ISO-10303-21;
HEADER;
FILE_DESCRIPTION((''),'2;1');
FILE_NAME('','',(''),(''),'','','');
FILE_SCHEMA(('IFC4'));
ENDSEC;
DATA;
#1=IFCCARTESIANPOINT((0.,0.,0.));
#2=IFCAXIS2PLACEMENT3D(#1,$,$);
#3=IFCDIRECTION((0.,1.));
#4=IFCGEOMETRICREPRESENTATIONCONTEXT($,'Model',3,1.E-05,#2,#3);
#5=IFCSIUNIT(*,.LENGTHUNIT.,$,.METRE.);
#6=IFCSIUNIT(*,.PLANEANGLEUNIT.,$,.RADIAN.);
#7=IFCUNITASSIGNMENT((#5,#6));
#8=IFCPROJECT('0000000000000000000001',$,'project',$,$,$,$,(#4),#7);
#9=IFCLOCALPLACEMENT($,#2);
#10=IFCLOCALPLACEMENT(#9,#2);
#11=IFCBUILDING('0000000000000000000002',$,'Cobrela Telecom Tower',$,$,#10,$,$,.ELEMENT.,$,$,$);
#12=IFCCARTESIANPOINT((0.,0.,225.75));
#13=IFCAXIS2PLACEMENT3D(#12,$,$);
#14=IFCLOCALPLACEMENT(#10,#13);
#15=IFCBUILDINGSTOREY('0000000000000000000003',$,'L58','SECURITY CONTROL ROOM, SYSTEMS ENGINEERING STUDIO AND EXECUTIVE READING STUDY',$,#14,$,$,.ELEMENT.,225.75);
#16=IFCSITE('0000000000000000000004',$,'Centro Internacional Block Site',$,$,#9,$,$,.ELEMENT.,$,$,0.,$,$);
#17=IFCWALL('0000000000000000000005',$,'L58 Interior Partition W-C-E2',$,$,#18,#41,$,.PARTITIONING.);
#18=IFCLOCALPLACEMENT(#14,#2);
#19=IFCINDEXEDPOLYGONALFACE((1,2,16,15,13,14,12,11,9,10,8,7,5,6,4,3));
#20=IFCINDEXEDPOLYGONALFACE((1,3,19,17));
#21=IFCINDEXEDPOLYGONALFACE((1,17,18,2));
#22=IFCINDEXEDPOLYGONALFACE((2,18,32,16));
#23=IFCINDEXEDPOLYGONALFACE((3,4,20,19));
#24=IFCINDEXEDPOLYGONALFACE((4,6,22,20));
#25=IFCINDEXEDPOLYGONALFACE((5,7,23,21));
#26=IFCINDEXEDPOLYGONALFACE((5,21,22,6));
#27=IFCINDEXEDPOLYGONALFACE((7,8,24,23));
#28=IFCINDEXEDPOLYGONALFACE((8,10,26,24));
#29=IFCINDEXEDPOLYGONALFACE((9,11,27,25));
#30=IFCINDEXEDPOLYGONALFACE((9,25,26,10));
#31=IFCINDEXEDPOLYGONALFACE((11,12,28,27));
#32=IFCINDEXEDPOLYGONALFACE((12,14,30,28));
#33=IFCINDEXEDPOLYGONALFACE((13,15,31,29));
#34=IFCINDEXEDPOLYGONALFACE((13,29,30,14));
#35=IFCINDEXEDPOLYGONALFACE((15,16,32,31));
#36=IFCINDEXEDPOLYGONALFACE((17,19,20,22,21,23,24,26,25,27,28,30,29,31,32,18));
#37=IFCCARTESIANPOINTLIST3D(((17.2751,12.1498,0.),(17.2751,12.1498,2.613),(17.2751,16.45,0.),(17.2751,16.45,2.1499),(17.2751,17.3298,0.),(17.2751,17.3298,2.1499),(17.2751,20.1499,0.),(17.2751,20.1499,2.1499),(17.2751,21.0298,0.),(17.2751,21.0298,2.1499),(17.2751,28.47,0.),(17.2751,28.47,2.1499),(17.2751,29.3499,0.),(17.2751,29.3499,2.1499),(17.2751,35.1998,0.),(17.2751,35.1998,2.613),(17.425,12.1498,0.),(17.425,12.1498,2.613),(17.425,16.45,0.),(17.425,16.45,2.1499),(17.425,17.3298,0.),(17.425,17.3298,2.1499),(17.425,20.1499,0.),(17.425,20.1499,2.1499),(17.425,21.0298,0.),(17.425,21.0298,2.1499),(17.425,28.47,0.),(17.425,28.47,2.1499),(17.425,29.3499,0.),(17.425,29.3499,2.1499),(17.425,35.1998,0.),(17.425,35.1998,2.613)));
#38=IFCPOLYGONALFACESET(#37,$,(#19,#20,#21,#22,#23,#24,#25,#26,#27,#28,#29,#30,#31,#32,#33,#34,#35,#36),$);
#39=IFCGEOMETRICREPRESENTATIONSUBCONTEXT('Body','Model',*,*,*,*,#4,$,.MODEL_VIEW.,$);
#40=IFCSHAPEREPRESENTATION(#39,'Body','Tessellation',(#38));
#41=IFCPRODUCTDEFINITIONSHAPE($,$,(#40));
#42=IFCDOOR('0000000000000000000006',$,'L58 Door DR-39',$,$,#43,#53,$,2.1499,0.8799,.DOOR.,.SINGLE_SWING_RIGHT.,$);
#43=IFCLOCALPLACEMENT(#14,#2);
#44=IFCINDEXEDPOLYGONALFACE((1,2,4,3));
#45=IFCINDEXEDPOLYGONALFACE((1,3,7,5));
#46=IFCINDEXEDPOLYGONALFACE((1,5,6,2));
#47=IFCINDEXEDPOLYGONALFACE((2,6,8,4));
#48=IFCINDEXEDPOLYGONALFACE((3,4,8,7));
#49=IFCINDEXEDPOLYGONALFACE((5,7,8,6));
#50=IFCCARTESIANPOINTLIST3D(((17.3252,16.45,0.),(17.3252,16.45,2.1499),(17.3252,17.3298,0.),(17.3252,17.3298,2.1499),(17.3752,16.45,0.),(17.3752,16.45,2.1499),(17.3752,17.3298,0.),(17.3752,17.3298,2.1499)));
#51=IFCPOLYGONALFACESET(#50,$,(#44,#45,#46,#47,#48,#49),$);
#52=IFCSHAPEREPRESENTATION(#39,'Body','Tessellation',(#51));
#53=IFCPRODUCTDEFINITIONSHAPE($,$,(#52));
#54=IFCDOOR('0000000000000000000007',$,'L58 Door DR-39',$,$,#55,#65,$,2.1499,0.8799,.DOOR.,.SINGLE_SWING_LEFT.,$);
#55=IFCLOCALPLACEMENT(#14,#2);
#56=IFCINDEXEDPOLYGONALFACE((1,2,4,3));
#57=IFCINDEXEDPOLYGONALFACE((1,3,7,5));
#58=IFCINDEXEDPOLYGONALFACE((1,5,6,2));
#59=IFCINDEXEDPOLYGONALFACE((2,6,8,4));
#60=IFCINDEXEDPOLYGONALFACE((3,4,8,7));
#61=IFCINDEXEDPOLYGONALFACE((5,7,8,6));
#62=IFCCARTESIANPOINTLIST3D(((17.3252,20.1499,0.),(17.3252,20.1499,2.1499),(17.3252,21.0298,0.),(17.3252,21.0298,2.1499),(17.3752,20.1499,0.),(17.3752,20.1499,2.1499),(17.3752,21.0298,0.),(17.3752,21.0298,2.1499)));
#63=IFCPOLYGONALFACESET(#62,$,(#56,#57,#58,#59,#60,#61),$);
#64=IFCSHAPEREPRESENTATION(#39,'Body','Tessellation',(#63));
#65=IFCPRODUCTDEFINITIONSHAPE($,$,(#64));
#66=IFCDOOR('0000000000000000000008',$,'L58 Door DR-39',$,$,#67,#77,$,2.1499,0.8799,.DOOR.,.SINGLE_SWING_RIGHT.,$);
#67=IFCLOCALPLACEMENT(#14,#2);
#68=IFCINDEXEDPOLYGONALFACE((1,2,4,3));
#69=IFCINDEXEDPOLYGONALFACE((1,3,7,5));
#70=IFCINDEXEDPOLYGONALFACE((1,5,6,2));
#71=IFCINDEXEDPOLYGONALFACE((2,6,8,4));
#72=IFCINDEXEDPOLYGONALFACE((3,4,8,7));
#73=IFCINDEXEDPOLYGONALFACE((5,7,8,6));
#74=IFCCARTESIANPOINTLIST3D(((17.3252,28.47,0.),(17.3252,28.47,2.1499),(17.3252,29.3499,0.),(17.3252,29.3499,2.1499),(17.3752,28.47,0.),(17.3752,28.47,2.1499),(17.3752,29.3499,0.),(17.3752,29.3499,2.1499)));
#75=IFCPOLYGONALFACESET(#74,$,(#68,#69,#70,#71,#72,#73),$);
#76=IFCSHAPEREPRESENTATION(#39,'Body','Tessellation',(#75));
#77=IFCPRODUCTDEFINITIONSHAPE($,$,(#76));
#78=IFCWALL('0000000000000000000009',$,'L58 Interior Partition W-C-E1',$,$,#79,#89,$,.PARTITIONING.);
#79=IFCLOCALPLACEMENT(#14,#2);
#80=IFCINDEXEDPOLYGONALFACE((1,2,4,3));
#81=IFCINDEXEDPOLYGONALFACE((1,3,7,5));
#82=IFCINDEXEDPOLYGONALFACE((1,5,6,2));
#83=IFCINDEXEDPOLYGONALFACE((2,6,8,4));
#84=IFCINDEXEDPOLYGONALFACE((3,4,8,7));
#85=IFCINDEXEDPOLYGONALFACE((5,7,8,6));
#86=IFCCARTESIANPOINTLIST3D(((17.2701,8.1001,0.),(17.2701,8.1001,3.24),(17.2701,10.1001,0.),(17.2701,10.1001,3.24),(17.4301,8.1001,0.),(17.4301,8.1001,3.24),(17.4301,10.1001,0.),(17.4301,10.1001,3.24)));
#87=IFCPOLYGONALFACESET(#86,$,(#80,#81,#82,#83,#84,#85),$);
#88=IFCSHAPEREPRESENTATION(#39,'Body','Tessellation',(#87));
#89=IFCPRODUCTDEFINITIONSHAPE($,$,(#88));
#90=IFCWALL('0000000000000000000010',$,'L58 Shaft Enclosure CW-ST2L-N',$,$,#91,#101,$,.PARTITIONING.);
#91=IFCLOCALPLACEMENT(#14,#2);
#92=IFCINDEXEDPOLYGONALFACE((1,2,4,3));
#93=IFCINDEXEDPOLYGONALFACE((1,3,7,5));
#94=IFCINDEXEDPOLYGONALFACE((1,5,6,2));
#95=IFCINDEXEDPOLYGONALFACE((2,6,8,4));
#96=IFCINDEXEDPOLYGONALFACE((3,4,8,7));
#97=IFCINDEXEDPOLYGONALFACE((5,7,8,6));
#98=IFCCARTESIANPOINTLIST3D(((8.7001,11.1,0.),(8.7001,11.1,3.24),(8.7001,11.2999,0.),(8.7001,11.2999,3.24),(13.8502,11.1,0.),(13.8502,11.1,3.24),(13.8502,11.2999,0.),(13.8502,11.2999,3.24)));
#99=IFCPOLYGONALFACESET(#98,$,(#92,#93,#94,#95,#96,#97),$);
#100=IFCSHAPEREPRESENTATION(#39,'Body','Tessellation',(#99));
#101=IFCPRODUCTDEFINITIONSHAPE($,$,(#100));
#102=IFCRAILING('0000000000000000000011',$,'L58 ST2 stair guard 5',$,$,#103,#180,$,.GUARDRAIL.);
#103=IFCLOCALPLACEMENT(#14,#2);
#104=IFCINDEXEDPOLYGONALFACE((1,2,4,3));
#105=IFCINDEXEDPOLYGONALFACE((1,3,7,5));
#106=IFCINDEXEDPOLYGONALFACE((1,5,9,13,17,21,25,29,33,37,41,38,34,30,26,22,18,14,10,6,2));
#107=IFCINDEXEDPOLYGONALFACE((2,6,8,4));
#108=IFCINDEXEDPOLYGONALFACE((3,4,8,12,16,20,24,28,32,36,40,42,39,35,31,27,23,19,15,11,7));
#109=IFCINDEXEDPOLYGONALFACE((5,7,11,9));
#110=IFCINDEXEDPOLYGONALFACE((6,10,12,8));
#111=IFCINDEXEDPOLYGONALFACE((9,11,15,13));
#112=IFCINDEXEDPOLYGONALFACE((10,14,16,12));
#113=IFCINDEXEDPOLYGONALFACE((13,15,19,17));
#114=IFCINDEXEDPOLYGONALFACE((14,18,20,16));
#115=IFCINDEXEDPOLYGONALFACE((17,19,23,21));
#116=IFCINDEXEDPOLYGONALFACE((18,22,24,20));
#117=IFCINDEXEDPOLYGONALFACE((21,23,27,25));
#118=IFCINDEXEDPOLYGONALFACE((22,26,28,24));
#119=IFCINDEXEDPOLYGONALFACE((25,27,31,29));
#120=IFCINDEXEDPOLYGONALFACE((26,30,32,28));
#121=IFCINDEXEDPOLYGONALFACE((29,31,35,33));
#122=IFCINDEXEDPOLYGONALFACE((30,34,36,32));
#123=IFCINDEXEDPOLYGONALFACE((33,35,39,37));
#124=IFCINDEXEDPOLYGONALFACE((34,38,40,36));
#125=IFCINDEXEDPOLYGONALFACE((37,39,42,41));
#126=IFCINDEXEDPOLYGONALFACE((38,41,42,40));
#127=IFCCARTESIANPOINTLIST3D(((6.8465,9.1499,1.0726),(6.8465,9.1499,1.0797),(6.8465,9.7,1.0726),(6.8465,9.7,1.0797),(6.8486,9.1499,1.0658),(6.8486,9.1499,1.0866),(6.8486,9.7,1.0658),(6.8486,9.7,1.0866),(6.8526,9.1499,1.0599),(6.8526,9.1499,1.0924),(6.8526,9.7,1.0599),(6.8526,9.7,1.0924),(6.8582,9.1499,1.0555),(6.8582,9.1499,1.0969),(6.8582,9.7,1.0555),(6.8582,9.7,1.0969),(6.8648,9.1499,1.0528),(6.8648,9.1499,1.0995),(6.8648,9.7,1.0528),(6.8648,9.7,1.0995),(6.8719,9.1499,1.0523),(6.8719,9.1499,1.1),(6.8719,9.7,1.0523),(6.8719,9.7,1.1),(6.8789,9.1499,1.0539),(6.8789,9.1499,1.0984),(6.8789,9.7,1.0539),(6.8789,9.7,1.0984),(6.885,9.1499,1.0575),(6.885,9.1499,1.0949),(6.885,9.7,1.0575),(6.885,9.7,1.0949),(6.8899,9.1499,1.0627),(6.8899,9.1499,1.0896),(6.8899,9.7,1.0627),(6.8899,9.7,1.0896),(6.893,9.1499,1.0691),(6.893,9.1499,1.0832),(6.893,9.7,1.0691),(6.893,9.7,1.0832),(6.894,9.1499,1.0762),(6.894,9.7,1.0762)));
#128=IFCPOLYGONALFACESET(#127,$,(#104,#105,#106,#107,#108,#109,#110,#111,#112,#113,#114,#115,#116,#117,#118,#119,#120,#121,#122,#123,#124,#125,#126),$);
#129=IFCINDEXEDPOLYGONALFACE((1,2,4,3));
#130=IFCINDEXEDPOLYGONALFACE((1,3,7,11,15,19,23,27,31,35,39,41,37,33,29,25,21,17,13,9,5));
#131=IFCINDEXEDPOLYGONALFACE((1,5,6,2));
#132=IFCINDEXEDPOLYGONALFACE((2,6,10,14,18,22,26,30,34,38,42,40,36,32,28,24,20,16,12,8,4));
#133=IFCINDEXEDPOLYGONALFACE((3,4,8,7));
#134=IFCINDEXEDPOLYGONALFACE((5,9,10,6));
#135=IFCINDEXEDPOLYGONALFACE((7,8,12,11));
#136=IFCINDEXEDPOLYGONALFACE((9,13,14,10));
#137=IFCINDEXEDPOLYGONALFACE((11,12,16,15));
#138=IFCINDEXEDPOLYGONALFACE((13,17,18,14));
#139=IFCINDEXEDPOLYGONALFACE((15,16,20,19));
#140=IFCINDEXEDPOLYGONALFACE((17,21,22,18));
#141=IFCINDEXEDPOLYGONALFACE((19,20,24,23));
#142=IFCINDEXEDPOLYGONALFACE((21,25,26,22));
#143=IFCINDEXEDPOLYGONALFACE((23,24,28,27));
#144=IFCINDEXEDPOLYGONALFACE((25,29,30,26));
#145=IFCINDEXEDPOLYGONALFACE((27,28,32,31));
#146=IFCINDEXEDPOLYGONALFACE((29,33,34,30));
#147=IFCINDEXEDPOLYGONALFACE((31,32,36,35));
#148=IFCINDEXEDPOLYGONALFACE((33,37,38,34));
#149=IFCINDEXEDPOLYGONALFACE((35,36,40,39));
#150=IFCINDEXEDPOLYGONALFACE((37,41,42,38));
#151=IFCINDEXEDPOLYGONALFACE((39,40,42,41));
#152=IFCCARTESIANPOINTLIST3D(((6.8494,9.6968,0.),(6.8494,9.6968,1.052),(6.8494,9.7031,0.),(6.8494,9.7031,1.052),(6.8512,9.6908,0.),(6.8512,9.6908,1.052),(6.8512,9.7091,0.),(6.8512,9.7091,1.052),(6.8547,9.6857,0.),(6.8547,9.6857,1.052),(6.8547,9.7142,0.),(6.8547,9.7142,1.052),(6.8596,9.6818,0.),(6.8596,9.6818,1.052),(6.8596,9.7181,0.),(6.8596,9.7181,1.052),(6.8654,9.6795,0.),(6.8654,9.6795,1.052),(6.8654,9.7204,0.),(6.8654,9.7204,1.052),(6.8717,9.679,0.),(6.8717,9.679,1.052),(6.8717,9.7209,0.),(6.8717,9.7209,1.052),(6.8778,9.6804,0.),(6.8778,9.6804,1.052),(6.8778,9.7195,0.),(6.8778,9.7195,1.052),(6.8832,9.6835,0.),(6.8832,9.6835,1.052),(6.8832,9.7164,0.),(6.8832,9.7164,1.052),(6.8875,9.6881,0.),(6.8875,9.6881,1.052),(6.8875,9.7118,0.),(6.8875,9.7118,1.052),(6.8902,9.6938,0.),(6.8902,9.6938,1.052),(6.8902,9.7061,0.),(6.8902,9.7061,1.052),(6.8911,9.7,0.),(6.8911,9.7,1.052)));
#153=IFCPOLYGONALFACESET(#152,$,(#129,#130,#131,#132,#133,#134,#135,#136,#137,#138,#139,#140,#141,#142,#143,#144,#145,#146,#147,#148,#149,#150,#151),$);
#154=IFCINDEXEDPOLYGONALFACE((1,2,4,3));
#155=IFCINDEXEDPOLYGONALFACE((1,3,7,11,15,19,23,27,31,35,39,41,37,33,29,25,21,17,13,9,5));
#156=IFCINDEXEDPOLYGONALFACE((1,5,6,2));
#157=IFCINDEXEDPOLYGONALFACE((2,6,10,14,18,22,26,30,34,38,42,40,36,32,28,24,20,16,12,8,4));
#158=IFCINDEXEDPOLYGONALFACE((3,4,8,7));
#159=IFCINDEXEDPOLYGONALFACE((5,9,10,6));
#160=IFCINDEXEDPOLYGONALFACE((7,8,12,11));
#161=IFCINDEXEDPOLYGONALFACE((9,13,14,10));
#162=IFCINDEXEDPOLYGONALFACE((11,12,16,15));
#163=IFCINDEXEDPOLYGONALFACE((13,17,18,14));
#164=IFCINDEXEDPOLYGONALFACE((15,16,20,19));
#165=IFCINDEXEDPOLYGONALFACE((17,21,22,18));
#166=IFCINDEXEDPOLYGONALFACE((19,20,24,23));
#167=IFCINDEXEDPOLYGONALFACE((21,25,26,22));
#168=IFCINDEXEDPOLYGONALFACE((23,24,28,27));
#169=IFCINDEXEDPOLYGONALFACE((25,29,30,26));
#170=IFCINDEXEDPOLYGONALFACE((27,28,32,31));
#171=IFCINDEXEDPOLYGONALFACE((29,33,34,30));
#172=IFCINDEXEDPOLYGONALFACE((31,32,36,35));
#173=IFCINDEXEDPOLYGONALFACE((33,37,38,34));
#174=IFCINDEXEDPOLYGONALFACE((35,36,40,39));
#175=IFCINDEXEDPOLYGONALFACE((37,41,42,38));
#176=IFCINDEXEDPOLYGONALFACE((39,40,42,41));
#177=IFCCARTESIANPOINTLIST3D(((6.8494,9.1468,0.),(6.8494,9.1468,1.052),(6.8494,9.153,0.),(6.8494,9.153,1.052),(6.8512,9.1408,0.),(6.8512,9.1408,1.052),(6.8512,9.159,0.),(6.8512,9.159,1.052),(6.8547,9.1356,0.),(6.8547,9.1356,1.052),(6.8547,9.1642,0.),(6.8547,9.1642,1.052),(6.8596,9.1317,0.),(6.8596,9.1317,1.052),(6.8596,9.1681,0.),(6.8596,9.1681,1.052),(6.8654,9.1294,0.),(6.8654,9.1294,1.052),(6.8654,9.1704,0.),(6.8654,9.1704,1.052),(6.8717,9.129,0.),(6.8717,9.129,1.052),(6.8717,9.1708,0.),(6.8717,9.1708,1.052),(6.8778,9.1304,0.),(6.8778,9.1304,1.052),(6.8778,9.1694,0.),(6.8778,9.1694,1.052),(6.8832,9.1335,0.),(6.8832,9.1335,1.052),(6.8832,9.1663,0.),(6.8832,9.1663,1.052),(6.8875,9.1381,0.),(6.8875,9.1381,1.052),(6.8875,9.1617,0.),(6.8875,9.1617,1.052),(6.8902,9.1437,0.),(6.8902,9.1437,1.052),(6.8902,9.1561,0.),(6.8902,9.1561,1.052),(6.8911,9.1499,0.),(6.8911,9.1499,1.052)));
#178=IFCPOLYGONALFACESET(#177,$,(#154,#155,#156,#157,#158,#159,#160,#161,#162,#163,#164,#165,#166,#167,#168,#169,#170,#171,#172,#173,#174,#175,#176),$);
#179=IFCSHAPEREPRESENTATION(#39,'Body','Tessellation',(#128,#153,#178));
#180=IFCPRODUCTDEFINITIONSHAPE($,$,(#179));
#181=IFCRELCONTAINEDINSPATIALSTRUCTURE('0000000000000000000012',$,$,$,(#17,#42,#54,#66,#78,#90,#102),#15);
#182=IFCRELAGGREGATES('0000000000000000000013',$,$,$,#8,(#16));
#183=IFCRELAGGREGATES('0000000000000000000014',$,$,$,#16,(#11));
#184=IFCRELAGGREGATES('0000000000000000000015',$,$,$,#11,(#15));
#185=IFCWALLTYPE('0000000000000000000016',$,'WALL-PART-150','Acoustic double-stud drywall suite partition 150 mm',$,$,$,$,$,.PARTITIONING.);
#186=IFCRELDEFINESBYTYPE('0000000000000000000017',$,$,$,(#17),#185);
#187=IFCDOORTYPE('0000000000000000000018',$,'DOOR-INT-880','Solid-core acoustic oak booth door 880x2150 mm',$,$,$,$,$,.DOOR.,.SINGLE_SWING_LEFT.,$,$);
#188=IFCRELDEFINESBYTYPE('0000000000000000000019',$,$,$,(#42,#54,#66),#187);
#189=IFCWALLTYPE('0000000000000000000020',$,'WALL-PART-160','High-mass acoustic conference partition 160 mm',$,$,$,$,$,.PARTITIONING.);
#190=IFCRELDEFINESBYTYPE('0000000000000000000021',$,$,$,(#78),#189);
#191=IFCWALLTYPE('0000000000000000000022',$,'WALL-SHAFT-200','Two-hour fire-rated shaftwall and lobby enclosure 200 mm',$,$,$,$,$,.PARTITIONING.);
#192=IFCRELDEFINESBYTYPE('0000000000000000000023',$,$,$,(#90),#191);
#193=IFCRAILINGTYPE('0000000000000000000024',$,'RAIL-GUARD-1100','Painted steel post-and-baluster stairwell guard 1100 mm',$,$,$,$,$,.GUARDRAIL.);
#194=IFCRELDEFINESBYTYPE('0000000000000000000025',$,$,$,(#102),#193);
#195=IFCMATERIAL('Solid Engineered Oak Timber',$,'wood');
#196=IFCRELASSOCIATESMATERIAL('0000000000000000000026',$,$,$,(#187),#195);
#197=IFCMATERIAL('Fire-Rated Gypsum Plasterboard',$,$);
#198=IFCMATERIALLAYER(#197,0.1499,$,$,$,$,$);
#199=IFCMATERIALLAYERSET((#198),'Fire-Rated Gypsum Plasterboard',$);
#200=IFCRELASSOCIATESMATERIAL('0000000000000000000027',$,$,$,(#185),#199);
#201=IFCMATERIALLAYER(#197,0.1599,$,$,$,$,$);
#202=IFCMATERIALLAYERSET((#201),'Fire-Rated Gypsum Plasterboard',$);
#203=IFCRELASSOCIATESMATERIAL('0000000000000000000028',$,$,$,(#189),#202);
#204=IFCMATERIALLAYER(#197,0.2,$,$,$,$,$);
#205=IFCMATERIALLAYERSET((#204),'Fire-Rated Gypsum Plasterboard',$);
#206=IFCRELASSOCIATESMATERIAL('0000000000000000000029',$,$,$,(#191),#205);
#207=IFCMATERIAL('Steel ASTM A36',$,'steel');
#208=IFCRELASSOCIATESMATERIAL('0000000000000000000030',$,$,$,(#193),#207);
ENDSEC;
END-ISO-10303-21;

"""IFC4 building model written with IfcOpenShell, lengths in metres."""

from ifc_helpers import new_model, si_unit, direction, frame, frame_2d, origin, origin_2d, place, context, subcontext, project, spatial, rectangle, circle, extrude, material, layer, layer_set, type_object, element, fill, save


model = new_model("IFC4")

# Units and contexts
model_context = context("Model", 3, precision=1e-05, world=origin(), true_north=direction((0.0, 1.0)))
body_context = subcontext(model_context, "Body", "Model", "MODEL_VIEW")
ifc_project = project(units=[si_unit("LENGTHUNIT", "METRE"), si_unit("PLANEANGLEUNIT", "RADIAN")], contexts=[model_context])

# Site, building, storey
site_placement = place(None, origin())
site = spatial("IfcSite", under=ifc_project, at=site_placement, Name="Centro Internacional Block Site", CompositionType="ELEMENT", RefElevation=0.0)
building_placement = place(site_placement, origin())
building = spatial("IfcBuilding", under=site, at=building_placement, Name="Cobrela Telecom Tower", CompositionType="ELEMENT")
storey_placement = place(building_placement, frame((0.0, 0.0, 225.75)))
storey = spatial("IfcBuildingStorey", under=building, at=storey_placement, Name="L58", Description="SECURITY CONTROL ROOM, SYSTEMS ENGINEERING STUDIO AND EXECUTIVE READING STUDY", CompositionType="ELEMENT", Elevation=225.75)

# Shared definitions
ifc_material_1 = material(Name="Fire-Rated Gypsum Plasterboard")
ifc_material_2 = material(Name="Solid Engineered Oak Timber", Category="wood")
door_type_1 = type_object("IfcDoorType", Name="DOOR-INT-880", Description="Solid-core acoustic oak booth door 880x2150 mm", OperationType="SINGLE_SWING_LEFT", PredefinedType="DOOR", material=ifc_material_2)

# Wall, openings, doors
ifc_layer_1 = layer(ifc_material_1, 0.1499)
ifc_layer_set_1 = layer_set([ifc_layer_1], Name="Fire-Rated Gypsum Plasterboard")
wall_type_1 = type_object("IfcWallType", Name="WALL-PART-150", Description="Acoustic double-stud drywall suite partition 150 mm", PredefinedType="PARTITIONING", material=ifc_layer_set_1)
wall_1_placement = place(storey_placement, frame((17.3501, 12.1499, 0.0), z_axis=(0.0, 0.0, 1.0), x_axis=(0.0, 1.0, 0.0)))
wall_1 = element("IfcWall", 1, at=wall_1_placement, inside=storey, type_object=wall_type_1, Name="L58 Interior Partition W-C-E2", PredefinedType="PARTITIONING", context=body_context, shape_type="SweptSolid", body=[
    extrude(rectangle(XDim=23.05, YDim=0.1499, at=frame_2d((11.5249, 0.0))), origin(), (0.0, 0.0, 1.0), 2.613),
])
opening_1_placement = place(wall_1_placement, frame((4.3, 0.0, 0.0)))
opening_1 = element("IfcOpeningElement", 2, at=opening_1_placement, cuts=wall_1, PredefinedType="OPENING", context=body_context, shape_type="SweptSolid", body=[
    extrude(rectangle(XDim=0.8799, YDim=2.1499, at=frame_2d((0.4399, 1.075))), frame((0.0, 0.0869, 0.0), z_axis=(0.0, -1.0, 0.0), x_axis=(1.0, 0.0, 0.0)), (0.0, 0.0, 1.0), 0.1738),
])
opening_2_placement = place(wall_1_placement, frame((8.0, 0.0, 0.0)))
opening_2 = element("IfcOpeningElement", 3, at=opening_2_placement, cuts=wall_1, PredefinedType="OPENING", context=body_context, shape_type="SweptSolid", body=[
    extrude(rectangle(XDim=0.8799, YDim=2.1499, at=frame_2d((0.4399, 1.075))), frame((0.0, 0.0869, 0.0), z_axis=(0.0, -1.0, 0.0), x_axis=(1.0, 0.0, 0.0)), (0.0, 0.0, 1.0), 0.1738),
])
opening_3_placement = place(wall_1_placement, frame((16.3201, 0.0, 0.0)))
opening_3 = element("IfcOpeningElement", 4, at=opening_3_placement, cuts=wall_1, PredefinedType="OPENING", context=body_context, shape_type="SweptSolid", body=[
    extrude(rectangle(XDim=0.8799, YDim=2.1499, at=frame_2d((0.4399, 1.075))), frame((0.0, 0.0869, 0.0), z_axis=(0.0, -1.0, 0.0), x_axis=(1.0, 0.0, 0.0)), (0.0, 0.0, 1.0), 0.1738),
])
door_1_placement = place(opening_1_placement, origin())
door_1 = element("IfcDoor", 5, at=door_1_placement, inside=storey, type_object=door_type_1, Name="L58 Door DR-39", OperationType="SINGLE_SWING_RIGHT", OverallHeight=2.1499, OverallWidth=0.8799, PredefinedType="DOOR", context=body_context, shape_type="SweptSolid", body=[
    extrude(rectangle(XDim=0.8799, YDim=2.1499, at=frame_2d((0.4399, 1.075))), frame((0.0, 0.0249, 0.0), z_axis=(0.0, -1.0, 0.0), x_axis=(1.0, 0.0, 0.0)), (0.0, 0.0, 1.0), 0.05),
])
fill(opening_1, door_1)
door_2_placement = place(opening_2_placement, origin())
door_2 = element("IfcDoor", 6, at=door_2_placement, inside=storey, type_object=door_type_1, Name="L58 Door DR-39", OperationType="SINGLE_SWING_LEFT", OverallHeight=2.1499, OverallWidth=0.8799, PredefinedType="DOOR", context=body_context, shape_type="SweptSolid", body=[
    extrude(rectangle(XDim=0.8799, YDim=2.1499, at=frame_2d((0.4399, 1.075))), frame((0.0, 0.0249, 0.0), z_axis=(0.0, -1.0, 0.0), x_axis=(1.0, 0.0, 0.0)), (0.0, 0.0, 1.0), 0.05),
])
fill(opening_2, door_2)
door_3_placement = place(opening_3_placement, origin())
door_3 = element("IfcDoor", 7, at=door_3_placement, inside=storey, type_object=door_type_1, Name="L58 Door DR-39", OperationType="SINGLE_SWING_RIGHT", OverallHeight=2.1499, OverallWidth=0.8799, PredefinedType="DOOR", context=body_context, shape_type="SweptSolid", body=[
    extrude(rectangle(XDim=0.8799, YDim=2.1499, at=frame_2d((0.4399, 1.075))), frame((0.0, 0.0249, 0.0), z_axis=(0.0, -1.0, 0.0), x_axis=(1.0, 0.0, 0.0)), (0.0, 0.0, 1.0), 0.05),
])
fill(opening_3, door_3)

# Walls
ifc_layer_2 = layer(ifc_material_1, 0.1599)
ifc_layer_set_2 = layer_set([ifc_layer_2], Name="Fire-Rated Gypsum Plasterboard")
wall_type_2 = type_object("IfcWallType", Name="WALL-PART-160", Description="High-mass acoustic conference partition 160 mm", PredefinedType="PARTITIONING", material=ifc_layer_set_2)
wall_2_placement = place(storey_placement, frame((17.3501, 8.1001, 0.0), z_axis=(0.0, 0.0, 1.0), x_axis=(0.0, 1.0, 0.0)))
element("IfcWall", 8, at=wall_2_placement, inside=storey, type_object=wall_type_2, Name="L58 Interior Partition W-C-E1", PredefinedType="PARTITIONING", context=body_context, shape_type="SweptSolid", body=[
    extrude(rectangle(XDim=2.0, YDim=0.1599, at=frame_2d((1.0, 0.0))), origin(), (0.0, 0.0, 1.0), 3.24),
])
ifc_layer_3 = layer(ifc_material_1, 0.2)
ifc_layer_set_3 = layer_set([ifc_layer_3], Name="Fire-Rated Gypsum Plasterboard")
wall_type_3 = type_object("IfcWallType", Name="WALL-SHAFT-200", Description="Two-hour fire-rated shaftwall and lobby enclosure 200 mm", PredefinedType="PARTITIONING", material=ifc_layer_set_3)
wall_3_placement = place(storey_placement, frame((8.7, 11.2, 0.0), z_axis=(0.0, 0.0, 1.0), x_axis=(1.0, 0.0, 0.0)))
element("IfcWall", 9, at=wall_3_placement, inside=storey, type_object=wall_type_3, Name="L58 Shaft Enclosure CW-ST2L-N", PredefinedType="PARTITIONING", context=body_context, shape_type="SweptSolid", body=[
    extrude(rectangle(XDim=5.1501, YDim=0.2, at=frame_2d((2.5752, 0.0))), origin(), (0.0, 0.0, 1.0), 3.24),
])

# Railing
ifc_material_3 = material(Name="Steel ASTM A36", Category="steel")
railing_type_1 = type_object("IfcRailingType", Name="RAIL-GUARD-1100", Description="Painted steel post-and-baluster stairwell guard 1100 mm", PredefinedType="GUARDRAIL", material=ifc_material_3)
railing_1_placement = place(storey_placement, frame((6.8701, 9.7, 0.0)))
element("IfcRailing", 10, at=railing_1_placement, inside=storey, type_object=railing_type_1, Name="L58 ST2 stair guard 5", PredefinedType="GUARDRAIL", context=body_context, shape_type="SweptSolid", body=[
    extrude(circle(Radius=0.0239, at=origin_2d()), frame((0.0, 0.0, 1.0762), z_axis=(0.0, -1.0, 0.0), x_axis=(1.0, 0.0, 0.0)), (0.0, 0.0, 1.0), 0.55),
    extrude(circle(Radius=0.021, at=origin_2d()), origin(), (0.0, 0.0, 1.0), 1.052),
    extrude(circle(Radius=0.021, at=origin_2d()), frame((0.0, -0.55, 0.0)), (0.0, 0.0, 1.0), 1.052),
])

save(model, "model.ifc")
